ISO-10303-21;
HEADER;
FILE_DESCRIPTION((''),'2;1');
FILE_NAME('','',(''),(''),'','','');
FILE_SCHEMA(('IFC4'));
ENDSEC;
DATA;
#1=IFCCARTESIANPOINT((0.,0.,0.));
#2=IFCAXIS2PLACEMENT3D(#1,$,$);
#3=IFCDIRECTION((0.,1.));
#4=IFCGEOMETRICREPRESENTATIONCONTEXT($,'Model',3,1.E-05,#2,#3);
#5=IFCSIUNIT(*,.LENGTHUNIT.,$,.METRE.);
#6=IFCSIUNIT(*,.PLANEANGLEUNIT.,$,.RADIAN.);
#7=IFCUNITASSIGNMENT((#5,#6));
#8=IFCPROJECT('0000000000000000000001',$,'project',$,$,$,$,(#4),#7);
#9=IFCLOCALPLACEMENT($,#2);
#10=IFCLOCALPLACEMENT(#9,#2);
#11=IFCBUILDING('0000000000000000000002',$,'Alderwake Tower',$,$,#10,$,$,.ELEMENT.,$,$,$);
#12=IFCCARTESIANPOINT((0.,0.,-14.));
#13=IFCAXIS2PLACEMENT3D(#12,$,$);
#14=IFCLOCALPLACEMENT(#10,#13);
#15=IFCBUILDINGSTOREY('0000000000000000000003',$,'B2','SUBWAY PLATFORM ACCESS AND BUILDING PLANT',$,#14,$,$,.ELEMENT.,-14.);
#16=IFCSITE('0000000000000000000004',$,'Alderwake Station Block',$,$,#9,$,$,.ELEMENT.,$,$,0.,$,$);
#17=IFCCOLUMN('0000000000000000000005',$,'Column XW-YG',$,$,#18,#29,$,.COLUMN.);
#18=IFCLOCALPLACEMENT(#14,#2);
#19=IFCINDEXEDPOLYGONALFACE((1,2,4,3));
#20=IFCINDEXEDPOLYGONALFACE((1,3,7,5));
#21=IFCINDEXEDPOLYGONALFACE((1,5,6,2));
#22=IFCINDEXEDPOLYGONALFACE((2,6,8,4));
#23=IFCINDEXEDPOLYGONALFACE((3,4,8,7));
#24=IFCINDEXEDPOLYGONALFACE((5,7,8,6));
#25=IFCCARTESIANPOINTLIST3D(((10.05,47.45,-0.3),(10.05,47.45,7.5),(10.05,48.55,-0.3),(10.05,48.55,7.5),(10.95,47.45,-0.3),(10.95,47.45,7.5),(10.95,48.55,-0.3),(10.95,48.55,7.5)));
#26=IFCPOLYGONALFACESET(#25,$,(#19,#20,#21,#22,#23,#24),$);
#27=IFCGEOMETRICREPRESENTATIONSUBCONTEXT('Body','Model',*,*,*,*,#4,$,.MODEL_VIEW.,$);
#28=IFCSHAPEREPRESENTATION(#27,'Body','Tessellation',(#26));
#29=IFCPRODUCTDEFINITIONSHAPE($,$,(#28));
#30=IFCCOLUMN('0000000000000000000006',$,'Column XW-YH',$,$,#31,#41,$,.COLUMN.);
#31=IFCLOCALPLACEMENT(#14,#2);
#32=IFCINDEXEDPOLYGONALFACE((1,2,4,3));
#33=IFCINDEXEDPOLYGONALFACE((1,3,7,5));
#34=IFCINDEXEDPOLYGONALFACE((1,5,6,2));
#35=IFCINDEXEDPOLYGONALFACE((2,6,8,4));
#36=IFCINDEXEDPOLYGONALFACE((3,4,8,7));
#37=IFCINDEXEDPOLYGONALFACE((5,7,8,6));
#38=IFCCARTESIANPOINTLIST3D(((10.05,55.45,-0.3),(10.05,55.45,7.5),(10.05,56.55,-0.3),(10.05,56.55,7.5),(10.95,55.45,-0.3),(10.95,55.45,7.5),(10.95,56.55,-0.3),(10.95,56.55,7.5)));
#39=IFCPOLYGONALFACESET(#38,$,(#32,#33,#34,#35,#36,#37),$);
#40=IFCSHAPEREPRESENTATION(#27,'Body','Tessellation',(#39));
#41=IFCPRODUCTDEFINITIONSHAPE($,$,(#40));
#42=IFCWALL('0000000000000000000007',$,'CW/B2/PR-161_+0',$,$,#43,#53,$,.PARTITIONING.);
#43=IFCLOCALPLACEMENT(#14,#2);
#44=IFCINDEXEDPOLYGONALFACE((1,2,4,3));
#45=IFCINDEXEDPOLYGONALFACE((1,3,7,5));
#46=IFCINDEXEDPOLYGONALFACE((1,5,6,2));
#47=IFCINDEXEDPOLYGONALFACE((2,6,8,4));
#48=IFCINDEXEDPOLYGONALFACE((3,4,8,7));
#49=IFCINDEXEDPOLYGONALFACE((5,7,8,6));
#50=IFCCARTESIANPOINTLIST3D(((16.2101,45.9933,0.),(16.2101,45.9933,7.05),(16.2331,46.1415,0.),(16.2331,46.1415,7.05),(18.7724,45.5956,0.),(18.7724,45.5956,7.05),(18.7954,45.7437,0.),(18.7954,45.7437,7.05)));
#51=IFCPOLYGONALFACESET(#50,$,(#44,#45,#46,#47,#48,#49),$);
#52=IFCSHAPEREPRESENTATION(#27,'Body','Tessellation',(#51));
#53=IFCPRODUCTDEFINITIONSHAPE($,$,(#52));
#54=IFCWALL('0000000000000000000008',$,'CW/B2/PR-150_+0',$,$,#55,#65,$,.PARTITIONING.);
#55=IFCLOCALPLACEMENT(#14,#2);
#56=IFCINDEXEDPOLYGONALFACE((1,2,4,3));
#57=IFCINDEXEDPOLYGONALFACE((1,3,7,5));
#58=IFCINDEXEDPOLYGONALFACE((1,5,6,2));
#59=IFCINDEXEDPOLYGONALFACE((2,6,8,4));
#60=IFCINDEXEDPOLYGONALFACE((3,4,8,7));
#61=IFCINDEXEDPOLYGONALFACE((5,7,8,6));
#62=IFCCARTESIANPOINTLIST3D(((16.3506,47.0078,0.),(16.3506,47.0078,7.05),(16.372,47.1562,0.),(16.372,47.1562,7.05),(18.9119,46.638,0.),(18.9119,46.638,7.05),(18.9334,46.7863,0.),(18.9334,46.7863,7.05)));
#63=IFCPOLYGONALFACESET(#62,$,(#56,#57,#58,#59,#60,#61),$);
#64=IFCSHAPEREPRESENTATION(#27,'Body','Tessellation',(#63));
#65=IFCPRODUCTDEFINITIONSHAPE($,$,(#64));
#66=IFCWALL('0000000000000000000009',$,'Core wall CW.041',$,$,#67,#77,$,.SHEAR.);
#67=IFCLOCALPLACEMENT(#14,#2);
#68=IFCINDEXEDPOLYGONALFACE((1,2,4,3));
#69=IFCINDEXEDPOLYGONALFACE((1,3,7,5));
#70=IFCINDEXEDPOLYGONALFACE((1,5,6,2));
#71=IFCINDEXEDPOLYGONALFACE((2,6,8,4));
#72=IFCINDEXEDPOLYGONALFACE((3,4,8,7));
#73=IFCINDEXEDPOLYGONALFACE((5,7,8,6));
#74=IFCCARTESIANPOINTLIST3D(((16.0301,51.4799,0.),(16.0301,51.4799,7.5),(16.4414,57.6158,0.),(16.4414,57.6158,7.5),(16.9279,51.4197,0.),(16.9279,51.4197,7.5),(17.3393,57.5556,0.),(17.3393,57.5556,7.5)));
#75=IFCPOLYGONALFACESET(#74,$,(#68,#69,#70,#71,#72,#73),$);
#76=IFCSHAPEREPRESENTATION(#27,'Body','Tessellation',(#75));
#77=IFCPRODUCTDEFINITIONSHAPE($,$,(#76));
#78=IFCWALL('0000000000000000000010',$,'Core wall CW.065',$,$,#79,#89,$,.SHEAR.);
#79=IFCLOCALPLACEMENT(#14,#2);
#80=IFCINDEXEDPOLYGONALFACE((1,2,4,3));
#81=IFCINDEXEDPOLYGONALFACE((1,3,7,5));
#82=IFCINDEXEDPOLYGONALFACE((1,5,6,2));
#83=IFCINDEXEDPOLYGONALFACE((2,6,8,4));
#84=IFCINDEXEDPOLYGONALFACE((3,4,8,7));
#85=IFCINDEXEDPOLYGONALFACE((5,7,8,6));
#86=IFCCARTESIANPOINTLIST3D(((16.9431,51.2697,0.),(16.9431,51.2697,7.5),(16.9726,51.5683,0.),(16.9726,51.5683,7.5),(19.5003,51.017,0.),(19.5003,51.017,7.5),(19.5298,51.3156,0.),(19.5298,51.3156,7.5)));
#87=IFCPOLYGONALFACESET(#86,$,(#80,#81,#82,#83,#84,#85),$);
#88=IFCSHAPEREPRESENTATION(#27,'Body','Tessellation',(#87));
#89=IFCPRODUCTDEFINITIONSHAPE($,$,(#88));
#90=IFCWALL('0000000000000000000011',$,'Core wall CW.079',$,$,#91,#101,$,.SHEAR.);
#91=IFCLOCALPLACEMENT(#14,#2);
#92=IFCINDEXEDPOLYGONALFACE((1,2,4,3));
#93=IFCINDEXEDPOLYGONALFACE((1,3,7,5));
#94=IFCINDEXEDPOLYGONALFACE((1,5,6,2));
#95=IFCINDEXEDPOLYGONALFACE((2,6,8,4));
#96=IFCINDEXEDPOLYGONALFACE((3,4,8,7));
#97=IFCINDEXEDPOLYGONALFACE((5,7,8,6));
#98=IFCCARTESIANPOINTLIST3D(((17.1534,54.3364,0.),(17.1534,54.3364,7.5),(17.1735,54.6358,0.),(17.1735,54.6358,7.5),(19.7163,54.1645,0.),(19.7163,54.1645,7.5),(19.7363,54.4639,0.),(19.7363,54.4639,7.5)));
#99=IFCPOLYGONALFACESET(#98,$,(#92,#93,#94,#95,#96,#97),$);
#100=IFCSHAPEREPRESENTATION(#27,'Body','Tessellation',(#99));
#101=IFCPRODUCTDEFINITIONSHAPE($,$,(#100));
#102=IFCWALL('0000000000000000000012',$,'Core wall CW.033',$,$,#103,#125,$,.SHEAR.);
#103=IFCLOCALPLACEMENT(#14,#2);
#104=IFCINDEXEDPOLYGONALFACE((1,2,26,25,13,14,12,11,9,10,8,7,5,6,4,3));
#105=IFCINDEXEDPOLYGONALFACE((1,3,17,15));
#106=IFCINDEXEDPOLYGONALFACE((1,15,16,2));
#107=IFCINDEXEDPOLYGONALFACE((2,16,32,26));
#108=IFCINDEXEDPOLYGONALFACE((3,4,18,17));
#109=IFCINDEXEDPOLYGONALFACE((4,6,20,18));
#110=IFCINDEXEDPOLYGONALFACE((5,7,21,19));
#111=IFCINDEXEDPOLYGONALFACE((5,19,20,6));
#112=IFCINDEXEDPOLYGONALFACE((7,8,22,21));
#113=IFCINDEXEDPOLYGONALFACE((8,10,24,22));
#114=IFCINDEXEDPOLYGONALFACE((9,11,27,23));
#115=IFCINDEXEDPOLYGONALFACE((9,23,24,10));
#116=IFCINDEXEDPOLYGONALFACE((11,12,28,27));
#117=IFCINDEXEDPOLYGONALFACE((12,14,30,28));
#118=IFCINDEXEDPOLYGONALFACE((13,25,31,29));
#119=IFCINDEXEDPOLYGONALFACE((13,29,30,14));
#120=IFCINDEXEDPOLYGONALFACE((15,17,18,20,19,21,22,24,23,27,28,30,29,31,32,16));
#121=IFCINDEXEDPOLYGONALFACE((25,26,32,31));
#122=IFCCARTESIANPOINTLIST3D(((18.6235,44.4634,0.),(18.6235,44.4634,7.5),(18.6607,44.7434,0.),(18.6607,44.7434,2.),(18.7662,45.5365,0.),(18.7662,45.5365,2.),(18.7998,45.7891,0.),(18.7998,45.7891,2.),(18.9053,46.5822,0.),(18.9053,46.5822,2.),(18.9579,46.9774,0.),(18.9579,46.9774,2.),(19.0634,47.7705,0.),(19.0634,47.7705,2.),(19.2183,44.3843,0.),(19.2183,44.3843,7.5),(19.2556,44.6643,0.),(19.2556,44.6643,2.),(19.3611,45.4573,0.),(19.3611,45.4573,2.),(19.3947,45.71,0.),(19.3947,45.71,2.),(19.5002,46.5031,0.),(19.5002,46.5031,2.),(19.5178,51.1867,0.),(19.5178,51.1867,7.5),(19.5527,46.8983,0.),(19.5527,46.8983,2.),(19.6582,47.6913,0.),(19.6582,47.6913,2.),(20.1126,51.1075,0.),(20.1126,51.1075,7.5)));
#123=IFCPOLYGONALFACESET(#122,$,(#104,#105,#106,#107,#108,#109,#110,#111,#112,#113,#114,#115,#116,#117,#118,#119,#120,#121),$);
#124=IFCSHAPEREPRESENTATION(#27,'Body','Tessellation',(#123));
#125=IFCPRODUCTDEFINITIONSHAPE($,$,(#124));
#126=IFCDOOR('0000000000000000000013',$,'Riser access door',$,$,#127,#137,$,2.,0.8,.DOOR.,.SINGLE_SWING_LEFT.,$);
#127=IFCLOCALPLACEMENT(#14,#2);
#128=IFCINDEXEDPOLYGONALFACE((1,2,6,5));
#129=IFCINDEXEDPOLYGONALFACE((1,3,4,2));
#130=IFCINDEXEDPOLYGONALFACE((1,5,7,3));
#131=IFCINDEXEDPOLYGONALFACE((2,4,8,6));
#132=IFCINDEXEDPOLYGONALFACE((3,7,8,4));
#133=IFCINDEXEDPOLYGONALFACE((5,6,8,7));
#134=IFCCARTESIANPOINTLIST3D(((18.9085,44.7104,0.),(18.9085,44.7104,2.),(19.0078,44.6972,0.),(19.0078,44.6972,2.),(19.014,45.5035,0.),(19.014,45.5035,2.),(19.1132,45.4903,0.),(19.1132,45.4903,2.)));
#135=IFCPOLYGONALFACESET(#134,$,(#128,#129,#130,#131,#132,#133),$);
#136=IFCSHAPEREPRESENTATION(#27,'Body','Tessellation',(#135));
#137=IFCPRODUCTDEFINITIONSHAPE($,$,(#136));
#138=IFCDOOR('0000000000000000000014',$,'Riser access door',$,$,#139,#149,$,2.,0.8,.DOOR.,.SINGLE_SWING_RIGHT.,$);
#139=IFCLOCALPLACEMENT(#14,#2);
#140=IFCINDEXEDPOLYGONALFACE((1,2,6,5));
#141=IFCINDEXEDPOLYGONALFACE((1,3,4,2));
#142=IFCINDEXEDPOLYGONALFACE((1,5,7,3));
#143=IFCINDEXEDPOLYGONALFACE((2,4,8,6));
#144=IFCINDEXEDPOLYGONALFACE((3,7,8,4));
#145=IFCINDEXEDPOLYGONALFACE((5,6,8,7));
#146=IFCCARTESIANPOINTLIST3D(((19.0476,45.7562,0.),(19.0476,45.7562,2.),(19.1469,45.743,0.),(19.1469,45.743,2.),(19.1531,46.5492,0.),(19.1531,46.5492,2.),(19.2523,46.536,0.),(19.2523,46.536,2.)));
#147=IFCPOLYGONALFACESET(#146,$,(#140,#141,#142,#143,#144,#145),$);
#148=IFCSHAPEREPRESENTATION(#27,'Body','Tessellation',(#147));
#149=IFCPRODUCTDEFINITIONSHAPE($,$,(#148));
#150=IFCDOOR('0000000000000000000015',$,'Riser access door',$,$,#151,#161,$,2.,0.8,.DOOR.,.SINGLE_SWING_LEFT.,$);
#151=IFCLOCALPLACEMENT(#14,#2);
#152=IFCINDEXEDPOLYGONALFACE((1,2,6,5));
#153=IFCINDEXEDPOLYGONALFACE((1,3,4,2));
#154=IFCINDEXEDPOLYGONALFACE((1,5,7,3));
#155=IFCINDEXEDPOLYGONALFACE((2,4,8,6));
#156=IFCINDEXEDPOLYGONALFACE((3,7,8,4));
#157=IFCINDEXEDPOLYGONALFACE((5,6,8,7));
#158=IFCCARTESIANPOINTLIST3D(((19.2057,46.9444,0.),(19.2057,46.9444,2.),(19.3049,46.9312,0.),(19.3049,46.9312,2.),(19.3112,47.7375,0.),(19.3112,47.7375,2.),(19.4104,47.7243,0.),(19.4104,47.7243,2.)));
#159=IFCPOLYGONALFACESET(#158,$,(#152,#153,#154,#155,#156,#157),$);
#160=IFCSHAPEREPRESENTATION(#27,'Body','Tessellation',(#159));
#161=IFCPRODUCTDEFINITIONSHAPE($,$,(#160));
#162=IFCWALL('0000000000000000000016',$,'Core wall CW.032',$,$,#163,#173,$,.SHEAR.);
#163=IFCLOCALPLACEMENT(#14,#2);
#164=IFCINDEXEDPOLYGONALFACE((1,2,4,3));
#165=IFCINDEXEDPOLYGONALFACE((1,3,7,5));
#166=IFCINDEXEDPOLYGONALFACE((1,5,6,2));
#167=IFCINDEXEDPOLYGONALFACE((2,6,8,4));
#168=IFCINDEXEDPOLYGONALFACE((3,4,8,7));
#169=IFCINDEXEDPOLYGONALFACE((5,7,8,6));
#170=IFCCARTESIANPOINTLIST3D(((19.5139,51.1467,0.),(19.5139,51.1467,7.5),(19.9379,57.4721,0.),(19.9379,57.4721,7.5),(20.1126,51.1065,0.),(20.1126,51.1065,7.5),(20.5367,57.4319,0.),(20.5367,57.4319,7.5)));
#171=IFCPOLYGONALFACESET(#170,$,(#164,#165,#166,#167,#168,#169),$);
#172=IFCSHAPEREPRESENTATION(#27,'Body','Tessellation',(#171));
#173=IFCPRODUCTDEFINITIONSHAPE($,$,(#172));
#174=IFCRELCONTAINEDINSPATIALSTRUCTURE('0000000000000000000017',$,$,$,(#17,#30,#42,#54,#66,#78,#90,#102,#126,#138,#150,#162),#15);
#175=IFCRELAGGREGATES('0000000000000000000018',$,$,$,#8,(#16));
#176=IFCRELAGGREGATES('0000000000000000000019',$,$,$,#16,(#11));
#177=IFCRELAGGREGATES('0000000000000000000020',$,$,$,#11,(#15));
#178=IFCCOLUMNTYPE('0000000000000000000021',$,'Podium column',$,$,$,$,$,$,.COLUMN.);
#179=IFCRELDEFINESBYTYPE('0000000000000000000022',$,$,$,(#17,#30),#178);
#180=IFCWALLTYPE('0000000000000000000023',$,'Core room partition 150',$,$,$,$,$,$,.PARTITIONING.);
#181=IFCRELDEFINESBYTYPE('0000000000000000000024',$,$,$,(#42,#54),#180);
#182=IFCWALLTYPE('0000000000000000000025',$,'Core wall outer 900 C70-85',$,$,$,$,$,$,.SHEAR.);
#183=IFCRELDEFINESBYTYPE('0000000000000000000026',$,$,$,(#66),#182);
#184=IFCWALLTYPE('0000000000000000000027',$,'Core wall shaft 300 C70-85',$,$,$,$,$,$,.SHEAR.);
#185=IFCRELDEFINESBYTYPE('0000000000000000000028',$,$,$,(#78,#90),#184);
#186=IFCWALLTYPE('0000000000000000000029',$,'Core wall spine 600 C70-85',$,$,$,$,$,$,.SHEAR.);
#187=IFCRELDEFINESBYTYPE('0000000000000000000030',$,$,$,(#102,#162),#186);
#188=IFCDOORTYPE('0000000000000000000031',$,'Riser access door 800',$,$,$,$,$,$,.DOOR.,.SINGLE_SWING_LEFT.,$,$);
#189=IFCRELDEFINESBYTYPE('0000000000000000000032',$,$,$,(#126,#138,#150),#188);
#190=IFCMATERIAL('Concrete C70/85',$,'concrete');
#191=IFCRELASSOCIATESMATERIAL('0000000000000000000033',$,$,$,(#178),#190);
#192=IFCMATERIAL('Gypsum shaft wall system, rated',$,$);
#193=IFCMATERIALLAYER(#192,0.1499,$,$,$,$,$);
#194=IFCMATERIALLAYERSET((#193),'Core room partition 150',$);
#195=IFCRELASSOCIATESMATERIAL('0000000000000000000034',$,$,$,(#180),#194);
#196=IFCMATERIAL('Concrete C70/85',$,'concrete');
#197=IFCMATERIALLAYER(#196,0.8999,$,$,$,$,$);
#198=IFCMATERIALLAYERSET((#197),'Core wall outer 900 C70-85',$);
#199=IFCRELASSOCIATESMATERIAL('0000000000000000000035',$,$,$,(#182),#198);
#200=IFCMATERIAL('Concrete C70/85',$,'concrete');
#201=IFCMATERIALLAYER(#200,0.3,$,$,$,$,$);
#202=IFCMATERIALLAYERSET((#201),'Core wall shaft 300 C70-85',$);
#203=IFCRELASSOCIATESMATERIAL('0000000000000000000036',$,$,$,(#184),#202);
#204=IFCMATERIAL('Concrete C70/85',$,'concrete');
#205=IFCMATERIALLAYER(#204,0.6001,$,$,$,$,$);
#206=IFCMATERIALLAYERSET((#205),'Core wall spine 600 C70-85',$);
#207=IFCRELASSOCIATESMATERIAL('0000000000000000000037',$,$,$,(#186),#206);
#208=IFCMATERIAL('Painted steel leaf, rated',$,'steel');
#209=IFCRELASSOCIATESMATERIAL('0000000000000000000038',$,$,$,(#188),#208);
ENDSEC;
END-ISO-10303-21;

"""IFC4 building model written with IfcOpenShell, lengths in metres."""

from ifc_helpers import new_model, si_unit, direction, frame, frame_2d, origin, origin_2d, place, context, subcontext, project, spatial, rectangle, extrude, material, layer, layer_set, material_profile, profile_set, type_object, element, fill, save


model = new_model("IFC4")

# Units and contexts
model_context = context("Model", 3, precision=1e-05, world=origin(), true_north=direction((0.0, 1.0)))
body_context = subcontext(model_context, "Body", "Model", "MODEL_VIEW")
ifc_project = project(units=[si_unit("LENGTHUNIT", "METRE"), si_unit("PLANEANGLEUNIT", "RADIAN")], contexts=[model_context])

# Site, building, storey
site_placement = place(None, origin())
site = spatial("IfcSite", under=ifc_project, at=site_placement, Name="Alderwake Station Block", CompositionType="ELEMENT", RefElevation=0.0)
building_placement = place(site_placement, origin())
building = spatial("IfcBuilding", under=site, at=building_placement, Name="Alderwake Tower", CompositionType="ELEMENT")
storey_placement = place(building_placement, frame((0.0, 0.0, -14.0)))
storey = spatial("IfcBuildingStorey", under=building, at=storey_placement, Name="B2", Description="SUBWAY PLATFORM ACCESS AND BUILDING PLANT", CompositionType="ELEMENT", Elevation=-14.0)

# Columns
ifc_material_1 = material(Name="Concrete C70/85", Category="concrete")
ifc_material_profile_1 = material_profile(ifc_material_1, rectangle(XDim=0.8999, YDim=1.1001, at=origin_2d()), Name="RC 1100X900")
ifc_profile_set_1 = profile_set([ifc_material_profile_1], Name="Concrete C70/85")
column_type = type_object("IfcColumnType", Name="Podium column", PredefinedType="COLUMN", material=ifc_profile_set_1)
for number, where, z_axis, x_axis, name in (
    (1, (10.5, 48.0, -0.3), (0.0, 0.0, 1.0), (1.0, 0.0, 0.0), "Column XW-YG"),
    (2, (10.5, 56.0, -0.3), (0.0, 0.0, 1.0), (1.0, 0.0, 0.0), "Column XW-YH"),
):
    element("IfcColumn", number, at=place(storey_placement, frame(where, z_axis=z_axis, x_axis=x_axis)), inside=storey, type_object=column_type, Name=name, PredefinedType="COLUMN", context=body_context, shape_type="SweptSolid", body=[
        extrude(rectangle(XDim=0.8999, YDim=1.1001, at=origin_2d()), origin(), (0.0, 0.0, 1.0), 7.8),
    ])

# Walls
ifc_material_2 = material(Name="Gypsum shaft wall system, rated")
ifc_layer_1 = layer(ifc_material_2, 0.1499)
ifc_layer_set_1 = layer_set([ifc_layer_1], Name="Core room partition 150")
wall_type_1 = type_object("IfcWallType", Name="Core room partition 150", PredefinedType="PARTITIONING", material=ifc_layer_set_1)
wall_1_placement = place(storey_placement, frame((16.2217, 46.0674, 0.0), z_axis=(0.0, 0.0, 1.0), x_axis=(0.988167, -0.15338, 0.0)))
element("IfcWall", 3, at=wall_1_placement, inside=storey, type_object=wall_type_1, Name="CW/B2/PR-161_+0", PredefinedType="PARTITIONING", context=body_context, shape_type="SweptSolid", body=[
    extrude(rectangle(XDim=2.593, YDim=0.1499, at=frame_2d((1.2964, 0.0))), origin(), (0.0, 0.0, 1.0), 7.05),
])
wall_2_placement = place(storey_placement, frame((16.3613, 47.082, 0.0), z_axis=(0.0, 0.0, 1.0), x_axis=(0.989733, -0.142927, 0.0)))
element("IfcWall", 4, at=wall_2_placement, inside=storey, type_object=wall_type_1, Name="CW/B2/PR-150_+0", PredefinedType="PARTITIONING", context=body_context, shape_type="SweptSolid", body=[
    extrude(rectangle(XDim=2.5879, YDim=0.1499, at=frame_2d((1.2939, 0.0))), origin(), (0.0, 0.0, 1.0), 7.05),
])
ifc_material_3 = material(Name="Concrete C70/85", Category="concrete")
ifc_layer_2 = layer(ifc_material_3, 0.8999)
ifc_layer_set_2 = layer_set([ifc_layer_2], Name="Core wall outer 900 C70-85")
wall_type_2 = type_object("IfcWallType", Name="Core wall outer 900 C70-85", PredefinedType="SHEAR", material=ifc_layer_set_2)
wall_3_placement = place(storey_placement, frame((16.479, 51.45, 0.0), z_axis=(0.0, 0.0, 1.0), x_axis=(0.066893, 0.99776, 0.0)))
element("IfcWall", 5, at=wall_3_placement, inside=storey, type_object=wall_type_2, Name="Core wall CW.041", PredefinedType="SHEAR", context=body_context, shape_type="SweptSolid", body=[
    extrude(rectangle(XDim=6.1497, YDim=0.8999, at=frame_2d((3.0747, 0.0))), origin(), (0.0, 0.0, 1.0), 7.5),
])
ifc_material_4 = material(Name="Concrete C70/85", Category="concrete")
ifc_layer_3 = layer(ifc_material_4, 0.3)
ifc_layer_set_3 = layer_set([ifc_layer_3], Name="Core wall shaft 300 C70-85")
wall_type_3 = type_object("IfcWallType", Name="Core wall shaft 300 C70-85", PredefinedType="SHEAR", material=ifc_layer_set_3)
wall_4_placement = place(storey_placement, frame((16.958, 51.4189, 0.0), z_axis=(0.0, 0.0, 1.0), x_axis=(0.995153, -0.098337, 0.0)))
element("IfcWall", 6, at=wall_4_placement, inside=storey, type_object=wall_type_3, Name="Core wall CW.065", PredefinedType="SHEAR", context=body_context, shape_type="SweptSolid", body=[
    extrude(rectangle(XDim=2.5696, YDim=0.3, at=frame_2d((1.2847, 0.0))), origin(), (0.0, 0.0, 1.0), 7.5),
])
wall_5_placement = place(storey_placement, frame((17.1636, 54.4861, 0.0), z_axis=(0.0, 0.0, 1.0), x_axis=(0.997759, -0.066916, 0.0)))
element("IfcWall", 7, at=wall_5_placement, inside=storey, type_object=wall_type_3, Name="Core wall CW.079", PredefinedType="SHEAR", context=body_context, shape_type="SweptSolid", body=[
    extrude(rectangle(XDim=2.5686, YDim=0.3, at=frame_2d((1.2842, 0.0))), origin(), (0.0, 0.0, 1.0), 7.5),
])

# Wall, openings, doors
ifc_material_5 = material(Name="Concrete C70/85", Category="concrete")
ifc_layer_4 = layer(ifc_material_5, 0.6001)
ifc_layer_set_4 = layer_set([ifc_layer_4], Name="Core wall spine 600 C70-85")
wall_type_4 = type_object("IfcWallType", Name="Core wall spine 600 C70-85", PredefinedType="SHEAR", material=ifc_layer_set_4)
wall_6_placement = place(storey_placement, frame((19.8152, 51.147, 0.0), z_axis=(0.0, 0.0, 1.0), x_axis=(-0.131855, -0.991269, 0.0)))
wall_6 = element("IfcWall", 8, at=wall_6_placement, inside=storey, type_object=wall_type_4, Name="Core wall CW.033", PredefinedType="SHEAR", context=body_context, shape_type="SweptSolid", body=[
    extrude(rectangle(XDim=6.7825, YDim=0.6001, at=frame_2d((3.3911, 0.0))), origin(), (0.0, 0.0, 1.0), 7.5),
])
opening_1_placement = place(wall_6_placement, frame((5.7, 0.0, 0.0)))
opening_1 = element("IfcOpeningElement", 9, at=opening_1_placement, cuts=wall_6, PredefinedType="OPENING", context=body_context, shape_type="SweptSolid", body=[
    extrude(rectangle(XDim=0.8, YDim=2.0, at=frame_2d((0.3999, 1.0))), frame((0.0, 0.3101, 0.0), z_axis=(0.0, -1.0, 0.0), x_axis=(1.0, 0.0, 0.0)), (0.0, 0.0, 1.0), 0.6201),
])
opening_2_placement = place(wall_6_placement, frame((4.645, 0.0, 0.0)))
opening_2 = element("IfcOpeningElement", 10, at=opening_2_placement, cuts=wall_6, PredefinedType="OPENING", context=body_context, shape_type="SweptSolid", body=[
    extrude(rectangle(XDim=0.8, YDim=2.0, at=frame_2d((0.3999, 1.0))), frame((0.0, 0.3101, 0.0), z_axis=(0.0, -1.0, 0.0), x_axis=(1.0, 0.0, 0.0)), (0.0, 0.0, 1.0), 0.6201),
])
opening_3_placement = place(wall_6_placement, frame((3.4463, 0.0, 0.0)))
opening_3 = element("IfcOpeningElement", 11, at=opening_3_placement, cuts=wall_6, PredefinedType="OPENING", context=body_context, shape_type="SweptSolid", body=[
    extrude(rectangle(XDim=0.8, YDim=2.0, at=frame_2d((0.3999, 1.0))), frame((0.0, 0.3101, 0.0), z_axis=(0.0, -1.0, 0.0), x_axis=(1.0, 0.0, 0.0)), (0.0, 0.0, 1.0), 0.6201),
])
ifc_material_6 = material(Name="Painted steel leaf, rated", Category="steel")
door_type = type_object("IfcDoorType", Name="Riser access door 800", OperationType="SINGLE_SWING_LEFT", PredefinedType="DOOR", material=ifc_material_6)
door_1_placement = place(opening_1_placement, origin())
door_1 = element("IfcDoor", 12, at=door_1_placement, inside=storey, type_object=door_type, Name="Riser access door", OperationType="SINGLE_SWING_LEFT", OverallHeight=2.0, OverallWidth=0.8, PredefinedType="DOOR", context=body_context, shape_type="SweptSolid", body=[
    extrude(rectangle(XDim=0.8, YDim=2.0, at=frame_2d((0.3999, 1.0))), frame((0.0, 0.05, 0.0), z_axis=(0.0, -1.0, 0.0), x_axis=(1.0, 0.0, 0.0)), (0.0, 0.0, 1.0), 0.1001),
])
fill(opening_1, door_1)
door_2_placement = place(opening_2_placement, origin())
door_2 = element("IfcDoor", 13, at=door_2_placement, inside=storey, type_object=door_type, Name="Riser access door", OperationType="SINGLE_SWING_RIGHT", OverallHeight=2.0, OverallWidth=0.8, PredefinedType="DOOR", context=body_context, shape_type="SweptSolid", body=[
    extrude(rectangle(XDim=0.8, YDim=2.0, at=frame_2d((0.3999, 1.0))), frame((0.0, 0.05, 0.0), z_axis=(0.0, -1.0, 0.0), x_axis=(1.0, 0.0, 0.0)), (0.0, 0.0, 1.0), 0.1001),
])
fill(opening_2, door_2)
door_3_placement = place(opening_3_placement, origin())
door_3 = element("IfcDoor", 14, at=door_3_placement, inside=storey, type_object=door_type, Name="Riser access door", OperationType="SINGLE_SWING_LEFT", OverallHeight=2.0, OverallWidth=0.8, PredefinedType="DOOR", context=body_context, shape_type="SweptSolid", body=[
    extrude(rectangle(XDim=0.8, YDim=2.0, at=frame_2d((0.3999, 1.0))), frame((0.0, 0.05, 0.0), z_axis=(0.0, -1.0, 0.0), x_axis=(1.0, 0.0, 0.0)), (0.0, 0.0, 1.0), 0.1001),
])
fill(opening_3, door_3)

# Wall
wall_7_placement = place(storey_placement, frame((19.8132, 51.1265, 0.0), z_axis=(0.0, 0.0, 1.0), x_axis=(0.066892, 0.99776, 0.0)))
element("IfcWall", 15, at=wall_7_placement, inside=storey, type_object=wall_type_4, Name="Core wall CW.032", PredefinedType="SHEAR", context=body_context, shape_type="SweptSolid", body=[
    extrude(rectangle(XDim=6.3396, YDim=0.6001, at=frame_2d((3.1699, 0.0))), origin(), (0.0, 0.0, 1.0), 7.5),
])

save(model, "model.ifc")
